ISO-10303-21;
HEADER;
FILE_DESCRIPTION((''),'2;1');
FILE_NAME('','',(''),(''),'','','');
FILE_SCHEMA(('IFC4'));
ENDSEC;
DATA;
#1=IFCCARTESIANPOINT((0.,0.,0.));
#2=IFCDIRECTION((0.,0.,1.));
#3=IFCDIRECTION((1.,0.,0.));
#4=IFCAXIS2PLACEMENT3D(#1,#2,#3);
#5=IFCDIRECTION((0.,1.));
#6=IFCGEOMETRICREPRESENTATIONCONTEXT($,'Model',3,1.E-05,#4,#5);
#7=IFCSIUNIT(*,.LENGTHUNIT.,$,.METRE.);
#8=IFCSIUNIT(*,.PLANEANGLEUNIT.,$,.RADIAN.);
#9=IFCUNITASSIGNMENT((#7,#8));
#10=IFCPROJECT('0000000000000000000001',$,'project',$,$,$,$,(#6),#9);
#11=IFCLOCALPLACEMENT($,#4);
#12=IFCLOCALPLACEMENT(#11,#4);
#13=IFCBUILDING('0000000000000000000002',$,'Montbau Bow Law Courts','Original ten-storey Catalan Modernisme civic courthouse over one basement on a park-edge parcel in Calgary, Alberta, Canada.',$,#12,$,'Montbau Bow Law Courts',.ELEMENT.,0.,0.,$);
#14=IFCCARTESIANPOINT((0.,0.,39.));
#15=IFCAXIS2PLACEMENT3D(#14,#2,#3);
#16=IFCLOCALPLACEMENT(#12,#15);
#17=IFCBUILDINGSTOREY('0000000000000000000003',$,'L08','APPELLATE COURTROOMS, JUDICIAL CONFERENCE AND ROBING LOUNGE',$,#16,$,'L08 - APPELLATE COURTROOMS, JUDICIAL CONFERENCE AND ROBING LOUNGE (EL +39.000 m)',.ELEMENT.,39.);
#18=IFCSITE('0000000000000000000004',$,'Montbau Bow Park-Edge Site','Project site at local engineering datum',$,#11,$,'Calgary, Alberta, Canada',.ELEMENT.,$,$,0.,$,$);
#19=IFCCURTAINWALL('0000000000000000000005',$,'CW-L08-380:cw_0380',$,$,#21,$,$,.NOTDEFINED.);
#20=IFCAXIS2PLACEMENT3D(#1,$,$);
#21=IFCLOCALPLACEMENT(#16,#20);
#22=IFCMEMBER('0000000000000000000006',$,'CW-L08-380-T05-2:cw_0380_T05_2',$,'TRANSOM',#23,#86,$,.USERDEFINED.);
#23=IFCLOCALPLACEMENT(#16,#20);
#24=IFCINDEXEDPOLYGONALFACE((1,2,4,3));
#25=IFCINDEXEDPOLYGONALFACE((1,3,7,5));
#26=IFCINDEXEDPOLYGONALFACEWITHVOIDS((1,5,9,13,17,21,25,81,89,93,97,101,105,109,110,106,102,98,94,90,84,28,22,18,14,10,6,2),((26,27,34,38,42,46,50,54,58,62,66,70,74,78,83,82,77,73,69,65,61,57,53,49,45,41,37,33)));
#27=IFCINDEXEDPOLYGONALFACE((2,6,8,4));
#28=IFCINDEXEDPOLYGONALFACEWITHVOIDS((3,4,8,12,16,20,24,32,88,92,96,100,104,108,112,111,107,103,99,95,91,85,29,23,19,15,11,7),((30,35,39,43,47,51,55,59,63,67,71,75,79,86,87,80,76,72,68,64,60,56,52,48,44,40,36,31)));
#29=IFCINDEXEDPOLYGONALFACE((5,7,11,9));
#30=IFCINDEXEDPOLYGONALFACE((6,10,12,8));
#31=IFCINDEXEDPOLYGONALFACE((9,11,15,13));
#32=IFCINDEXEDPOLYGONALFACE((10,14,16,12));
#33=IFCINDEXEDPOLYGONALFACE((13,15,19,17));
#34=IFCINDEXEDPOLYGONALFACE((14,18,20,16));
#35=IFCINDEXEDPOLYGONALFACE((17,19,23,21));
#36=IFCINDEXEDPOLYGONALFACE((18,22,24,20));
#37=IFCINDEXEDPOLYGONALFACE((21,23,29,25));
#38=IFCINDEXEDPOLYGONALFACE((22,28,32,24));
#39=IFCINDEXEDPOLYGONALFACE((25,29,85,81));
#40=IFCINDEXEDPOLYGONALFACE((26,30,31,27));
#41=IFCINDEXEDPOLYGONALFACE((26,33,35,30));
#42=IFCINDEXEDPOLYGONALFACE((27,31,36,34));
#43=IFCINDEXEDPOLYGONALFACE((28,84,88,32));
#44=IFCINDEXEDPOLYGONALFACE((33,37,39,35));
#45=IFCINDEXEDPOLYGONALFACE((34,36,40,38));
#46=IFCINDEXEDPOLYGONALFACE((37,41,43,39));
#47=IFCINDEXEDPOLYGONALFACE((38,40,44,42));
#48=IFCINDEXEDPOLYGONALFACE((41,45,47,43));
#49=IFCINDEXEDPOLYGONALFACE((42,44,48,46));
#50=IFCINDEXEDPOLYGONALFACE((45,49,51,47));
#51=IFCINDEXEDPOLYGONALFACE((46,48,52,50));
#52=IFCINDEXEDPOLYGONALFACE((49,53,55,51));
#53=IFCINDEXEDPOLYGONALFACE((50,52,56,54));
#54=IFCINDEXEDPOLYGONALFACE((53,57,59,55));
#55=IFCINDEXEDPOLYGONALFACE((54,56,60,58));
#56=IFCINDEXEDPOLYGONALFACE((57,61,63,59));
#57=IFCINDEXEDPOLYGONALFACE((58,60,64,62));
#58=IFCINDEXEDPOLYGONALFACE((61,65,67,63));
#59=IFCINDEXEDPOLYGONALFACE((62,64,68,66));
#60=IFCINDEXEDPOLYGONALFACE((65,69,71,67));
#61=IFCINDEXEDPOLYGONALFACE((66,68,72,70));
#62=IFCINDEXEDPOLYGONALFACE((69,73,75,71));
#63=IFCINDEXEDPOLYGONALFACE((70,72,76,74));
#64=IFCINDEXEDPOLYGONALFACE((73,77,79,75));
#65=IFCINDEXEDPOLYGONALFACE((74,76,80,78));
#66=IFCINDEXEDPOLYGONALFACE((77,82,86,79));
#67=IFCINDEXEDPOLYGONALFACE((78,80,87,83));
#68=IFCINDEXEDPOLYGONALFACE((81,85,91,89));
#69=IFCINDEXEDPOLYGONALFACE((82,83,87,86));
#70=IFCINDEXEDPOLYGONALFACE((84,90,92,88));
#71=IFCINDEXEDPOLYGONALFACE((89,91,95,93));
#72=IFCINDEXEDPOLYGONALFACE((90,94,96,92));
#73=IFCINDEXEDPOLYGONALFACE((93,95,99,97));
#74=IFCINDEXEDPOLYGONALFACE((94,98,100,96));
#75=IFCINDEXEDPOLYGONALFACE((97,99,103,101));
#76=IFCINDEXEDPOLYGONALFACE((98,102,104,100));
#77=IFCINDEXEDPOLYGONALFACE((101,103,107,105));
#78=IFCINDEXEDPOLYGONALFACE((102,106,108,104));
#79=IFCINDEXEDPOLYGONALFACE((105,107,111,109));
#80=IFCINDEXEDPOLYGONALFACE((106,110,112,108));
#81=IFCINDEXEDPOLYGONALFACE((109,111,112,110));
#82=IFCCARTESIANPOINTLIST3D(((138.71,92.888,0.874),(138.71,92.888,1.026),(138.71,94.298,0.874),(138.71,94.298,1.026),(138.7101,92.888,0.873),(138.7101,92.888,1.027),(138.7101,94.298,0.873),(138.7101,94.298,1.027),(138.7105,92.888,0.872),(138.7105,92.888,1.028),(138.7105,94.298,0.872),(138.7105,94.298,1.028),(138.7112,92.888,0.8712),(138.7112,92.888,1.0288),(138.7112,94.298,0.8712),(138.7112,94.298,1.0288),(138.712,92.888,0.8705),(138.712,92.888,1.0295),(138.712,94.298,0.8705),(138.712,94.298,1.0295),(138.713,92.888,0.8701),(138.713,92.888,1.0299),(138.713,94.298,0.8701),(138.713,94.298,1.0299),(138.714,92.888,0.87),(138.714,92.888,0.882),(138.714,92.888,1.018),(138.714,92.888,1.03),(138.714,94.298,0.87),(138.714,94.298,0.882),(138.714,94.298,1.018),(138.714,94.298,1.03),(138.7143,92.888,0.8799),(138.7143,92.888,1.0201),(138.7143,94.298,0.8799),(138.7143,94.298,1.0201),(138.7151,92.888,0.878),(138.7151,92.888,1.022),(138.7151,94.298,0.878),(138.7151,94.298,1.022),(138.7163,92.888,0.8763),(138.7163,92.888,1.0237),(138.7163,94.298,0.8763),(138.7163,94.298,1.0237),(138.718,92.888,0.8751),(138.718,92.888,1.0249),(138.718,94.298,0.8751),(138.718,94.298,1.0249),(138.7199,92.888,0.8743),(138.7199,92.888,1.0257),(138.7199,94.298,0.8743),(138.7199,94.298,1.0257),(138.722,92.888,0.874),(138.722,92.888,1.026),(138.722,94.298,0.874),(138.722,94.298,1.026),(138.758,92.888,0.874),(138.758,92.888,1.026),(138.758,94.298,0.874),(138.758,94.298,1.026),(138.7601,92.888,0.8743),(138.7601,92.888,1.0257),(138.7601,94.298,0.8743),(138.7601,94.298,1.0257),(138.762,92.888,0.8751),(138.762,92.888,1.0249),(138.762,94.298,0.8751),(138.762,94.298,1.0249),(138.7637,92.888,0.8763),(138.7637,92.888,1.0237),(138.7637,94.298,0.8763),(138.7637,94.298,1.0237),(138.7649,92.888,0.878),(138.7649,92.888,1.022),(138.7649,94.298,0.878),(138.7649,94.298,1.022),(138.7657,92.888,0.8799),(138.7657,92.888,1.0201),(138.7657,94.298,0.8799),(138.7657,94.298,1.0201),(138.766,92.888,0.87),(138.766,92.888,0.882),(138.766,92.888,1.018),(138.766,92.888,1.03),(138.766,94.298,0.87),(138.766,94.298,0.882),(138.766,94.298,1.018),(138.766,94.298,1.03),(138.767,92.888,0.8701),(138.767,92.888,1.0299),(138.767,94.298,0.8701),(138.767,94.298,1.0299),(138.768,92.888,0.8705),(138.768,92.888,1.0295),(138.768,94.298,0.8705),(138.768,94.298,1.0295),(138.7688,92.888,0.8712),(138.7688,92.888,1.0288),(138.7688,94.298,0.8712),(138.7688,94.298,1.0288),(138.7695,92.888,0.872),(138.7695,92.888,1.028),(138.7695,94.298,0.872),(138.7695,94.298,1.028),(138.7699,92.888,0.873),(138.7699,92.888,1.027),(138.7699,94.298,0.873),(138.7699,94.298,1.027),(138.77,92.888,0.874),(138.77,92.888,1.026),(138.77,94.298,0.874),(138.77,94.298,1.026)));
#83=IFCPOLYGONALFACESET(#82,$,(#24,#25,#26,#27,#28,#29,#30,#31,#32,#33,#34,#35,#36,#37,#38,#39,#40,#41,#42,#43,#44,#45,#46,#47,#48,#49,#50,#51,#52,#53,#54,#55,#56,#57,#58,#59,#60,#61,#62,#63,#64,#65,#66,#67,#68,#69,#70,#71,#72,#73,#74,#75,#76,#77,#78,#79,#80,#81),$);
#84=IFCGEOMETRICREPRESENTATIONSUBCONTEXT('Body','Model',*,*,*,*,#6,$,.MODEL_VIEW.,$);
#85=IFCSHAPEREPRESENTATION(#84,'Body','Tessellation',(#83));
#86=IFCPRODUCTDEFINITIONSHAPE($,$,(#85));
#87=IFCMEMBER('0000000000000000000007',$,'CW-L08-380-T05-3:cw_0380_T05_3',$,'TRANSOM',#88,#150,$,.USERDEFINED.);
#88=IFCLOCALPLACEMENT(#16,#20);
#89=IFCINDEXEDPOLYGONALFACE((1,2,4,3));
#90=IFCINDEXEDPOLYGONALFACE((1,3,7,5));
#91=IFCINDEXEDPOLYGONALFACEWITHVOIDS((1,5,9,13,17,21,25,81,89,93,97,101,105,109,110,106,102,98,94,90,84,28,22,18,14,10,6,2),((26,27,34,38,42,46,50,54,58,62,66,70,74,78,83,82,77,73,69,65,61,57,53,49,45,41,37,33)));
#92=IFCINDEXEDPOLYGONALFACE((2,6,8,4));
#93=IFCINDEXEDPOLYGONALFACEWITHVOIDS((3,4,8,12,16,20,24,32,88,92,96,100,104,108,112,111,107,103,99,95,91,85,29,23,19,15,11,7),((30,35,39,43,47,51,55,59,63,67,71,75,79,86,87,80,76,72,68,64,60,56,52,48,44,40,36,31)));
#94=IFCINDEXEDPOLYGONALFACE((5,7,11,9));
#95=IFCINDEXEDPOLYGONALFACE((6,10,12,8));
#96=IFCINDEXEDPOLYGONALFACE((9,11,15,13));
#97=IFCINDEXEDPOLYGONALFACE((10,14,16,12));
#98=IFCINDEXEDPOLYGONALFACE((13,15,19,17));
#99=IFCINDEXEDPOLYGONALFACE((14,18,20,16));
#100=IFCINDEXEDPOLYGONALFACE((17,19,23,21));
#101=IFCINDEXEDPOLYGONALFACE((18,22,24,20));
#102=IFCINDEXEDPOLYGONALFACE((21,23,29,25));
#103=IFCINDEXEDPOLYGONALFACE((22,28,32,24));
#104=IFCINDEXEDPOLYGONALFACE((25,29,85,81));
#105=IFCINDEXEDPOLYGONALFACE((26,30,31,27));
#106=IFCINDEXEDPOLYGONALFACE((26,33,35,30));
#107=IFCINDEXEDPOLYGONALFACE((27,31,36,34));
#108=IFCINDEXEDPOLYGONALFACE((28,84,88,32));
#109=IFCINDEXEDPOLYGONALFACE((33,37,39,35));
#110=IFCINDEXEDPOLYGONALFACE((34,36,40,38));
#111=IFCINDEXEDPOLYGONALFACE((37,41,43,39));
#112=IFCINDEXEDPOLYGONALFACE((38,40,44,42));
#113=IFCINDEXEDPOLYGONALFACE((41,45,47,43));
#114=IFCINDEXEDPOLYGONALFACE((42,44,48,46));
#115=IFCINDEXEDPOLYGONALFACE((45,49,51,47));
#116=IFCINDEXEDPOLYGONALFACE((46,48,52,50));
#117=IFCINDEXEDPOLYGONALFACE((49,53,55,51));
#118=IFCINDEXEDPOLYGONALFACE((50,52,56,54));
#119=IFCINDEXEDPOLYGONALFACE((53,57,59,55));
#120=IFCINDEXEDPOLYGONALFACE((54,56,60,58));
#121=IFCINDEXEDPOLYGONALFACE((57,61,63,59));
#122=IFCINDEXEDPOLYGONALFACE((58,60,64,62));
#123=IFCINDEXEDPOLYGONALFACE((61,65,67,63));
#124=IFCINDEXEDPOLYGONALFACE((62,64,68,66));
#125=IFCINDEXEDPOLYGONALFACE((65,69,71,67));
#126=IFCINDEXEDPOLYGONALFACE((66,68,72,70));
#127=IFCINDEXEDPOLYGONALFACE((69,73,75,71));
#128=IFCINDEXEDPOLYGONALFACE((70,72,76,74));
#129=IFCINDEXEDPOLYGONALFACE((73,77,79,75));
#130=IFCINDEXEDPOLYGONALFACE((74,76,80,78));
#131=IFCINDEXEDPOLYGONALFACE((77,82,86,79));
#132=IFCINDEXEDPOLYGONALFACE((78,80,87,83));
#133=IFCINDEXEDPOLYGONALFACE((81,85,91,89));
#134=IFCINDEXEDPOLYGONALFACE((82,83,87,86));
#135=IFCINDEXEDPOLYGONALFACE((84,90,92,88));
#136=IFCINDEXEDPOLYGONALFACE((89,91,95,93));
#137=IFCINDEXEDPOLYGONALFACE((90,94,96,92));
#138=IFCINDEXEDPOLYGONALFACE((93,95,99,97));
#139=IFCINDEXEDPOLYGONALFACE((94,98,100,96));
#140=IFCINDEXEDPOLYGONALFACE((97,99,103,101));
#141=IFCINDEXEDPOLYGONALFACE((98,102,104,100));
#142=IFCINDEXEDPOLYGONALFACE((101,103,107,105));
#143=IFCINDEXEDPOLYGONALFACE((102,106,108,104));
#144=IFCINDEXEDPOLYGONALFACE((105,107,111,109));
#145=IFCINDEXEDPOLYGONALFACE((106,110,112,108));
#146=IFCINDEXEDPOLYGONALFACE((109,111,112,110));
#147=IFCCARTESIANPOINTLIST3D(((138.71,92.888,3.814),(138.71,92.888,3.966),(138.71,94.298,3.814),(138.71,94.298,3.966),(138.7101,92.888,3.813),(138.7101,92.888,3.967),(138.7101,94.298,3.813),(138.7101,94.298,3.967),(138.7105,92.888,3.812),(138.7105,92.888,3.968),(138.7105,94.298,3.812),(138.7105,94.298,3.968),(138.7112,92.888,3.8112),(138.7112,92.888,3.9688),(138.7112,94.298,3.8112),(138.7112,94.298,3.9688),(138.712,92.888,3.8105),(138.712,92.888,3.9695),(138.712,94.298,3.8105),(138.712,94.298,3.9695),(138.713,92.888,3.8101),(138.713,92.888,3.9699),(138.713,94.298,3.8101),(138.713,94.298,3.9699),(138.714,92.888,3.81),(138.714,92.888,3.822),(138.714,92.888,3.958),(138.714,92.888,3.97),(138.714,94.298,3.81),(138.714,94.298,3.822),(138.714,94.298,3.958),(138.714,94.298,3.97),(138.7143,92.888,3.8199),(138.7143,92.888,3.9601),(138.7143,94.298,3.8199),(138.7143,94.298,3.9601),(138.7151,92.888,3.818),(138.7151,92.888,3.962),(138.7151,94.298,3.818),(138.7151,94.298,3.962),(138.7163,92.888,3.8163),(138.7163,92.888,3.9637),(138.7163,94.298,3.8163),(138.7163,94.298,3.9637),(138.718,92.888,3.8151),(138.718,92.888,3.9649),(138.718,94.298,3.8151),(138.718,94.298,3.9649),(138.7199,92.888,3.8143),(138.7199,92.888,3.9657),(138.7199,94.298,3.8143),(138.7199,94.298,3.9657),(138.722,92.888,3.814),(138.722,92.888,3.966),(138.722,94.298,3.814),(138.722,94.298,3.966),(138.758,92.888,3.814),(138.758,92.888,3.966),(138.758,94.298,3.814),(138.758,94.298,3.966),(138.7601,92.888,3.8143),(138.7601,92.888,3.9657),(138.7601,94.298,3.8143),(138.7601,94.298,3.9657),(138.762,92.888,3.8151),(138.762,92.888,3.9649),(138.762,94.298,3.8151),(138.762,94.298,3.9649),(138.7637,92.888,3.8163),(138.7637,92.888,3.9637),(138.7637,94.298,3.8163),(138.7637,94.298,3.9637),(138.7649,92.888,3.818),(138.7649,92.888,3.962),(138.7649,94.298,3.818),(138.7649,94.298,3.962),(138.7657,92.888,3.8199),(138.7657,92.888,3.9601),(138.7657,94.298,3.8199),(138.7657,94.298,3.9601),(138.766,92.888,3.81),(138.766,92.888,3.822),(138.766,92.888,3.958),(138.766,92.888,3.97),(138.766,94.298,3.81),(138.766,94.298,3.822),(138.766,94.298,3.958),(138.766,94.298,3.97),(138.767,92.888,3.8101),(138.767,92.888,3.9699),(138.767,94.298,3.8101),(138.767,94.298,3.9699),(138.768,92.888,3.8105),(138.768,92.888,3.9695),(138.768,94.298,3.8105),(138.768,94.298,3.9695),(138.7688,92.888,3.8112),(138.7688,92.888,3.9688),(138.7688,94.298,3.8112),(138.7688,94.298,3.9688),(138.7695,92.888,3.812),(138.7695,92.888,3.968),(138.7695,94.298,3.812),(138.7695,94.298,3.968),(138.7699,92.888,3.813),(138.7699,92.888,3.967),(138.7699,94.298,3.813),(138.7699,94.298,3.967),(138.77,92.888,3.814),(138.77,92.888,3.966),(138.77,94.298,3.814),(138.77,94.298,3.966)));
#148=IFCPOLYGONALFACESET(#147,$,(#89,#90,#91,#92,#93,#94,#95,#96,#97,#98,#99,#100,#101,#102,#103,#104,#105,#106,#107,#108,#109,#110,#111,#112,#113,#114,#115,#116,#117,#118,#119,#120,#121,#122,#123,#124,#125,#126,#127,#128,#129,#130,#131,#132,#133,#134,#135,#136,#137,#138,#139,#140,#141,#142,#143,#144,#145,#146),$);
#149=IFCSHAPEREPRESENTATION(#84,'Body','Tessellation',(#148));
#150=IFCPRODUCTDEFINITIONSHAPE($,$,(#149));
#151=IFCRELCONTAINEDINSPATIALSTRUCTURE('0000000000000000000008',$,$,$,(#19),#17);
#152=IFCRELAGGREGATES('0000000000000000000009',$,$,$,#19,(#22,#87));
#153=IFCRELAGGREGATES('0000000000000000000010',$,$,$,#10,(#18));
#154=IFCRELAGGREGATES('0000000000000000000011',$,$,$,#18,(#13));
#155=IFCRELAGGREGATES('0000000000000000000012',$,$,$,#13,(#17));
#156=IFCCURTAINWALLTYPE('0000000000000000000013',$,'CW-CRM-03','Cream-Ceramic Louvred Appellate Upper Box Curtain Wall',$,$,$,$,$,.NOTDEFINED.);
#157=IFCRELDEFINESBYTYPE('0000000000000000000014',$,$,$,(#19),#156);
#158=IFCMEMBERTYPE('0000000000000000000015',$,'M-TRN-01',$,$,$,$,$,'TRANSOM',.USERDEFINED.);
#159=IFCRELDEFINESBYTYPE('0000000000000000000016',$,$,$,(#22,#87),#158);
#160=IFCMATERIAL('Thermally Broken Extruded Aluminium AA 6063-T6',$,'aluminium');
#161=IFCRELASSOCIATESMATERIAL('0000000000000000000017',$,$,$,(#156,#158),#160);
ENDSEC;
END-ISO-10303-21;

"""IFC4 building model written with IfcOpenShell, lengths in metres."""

from ifc_helpers import new_model, si_unit, direction, frame, origin_with_axes, origin_2d_with_axis, place, context, subcontext, project, spatial, hollow_rectangle, extrude, material, material_profile, profile_set, type_object, element, aggregate, save


model = new_model("IFC4")

# Units and contexts
model_context = context("Model", 3, precision=1e-05, world=origin_with_axes(), true_north=direction((0.0, 1.0)))
body_context = subcontext(model_context, "Body", "Model", "MODEL_VIEW")
ifc_project = project(units=[si_unit("LENGTHUNIT", "METRE"), si_unit("PLANEANGLEUNIT", "RADIAN")], contexts=[model_context])

# Site, building, storey
site_placement = place(None, origin_with_axes())
site = spatial("IfcSite", under=ifc_project, at=site_placement, Name="Montbau Bow Park-Edge Site", Description="Project site at local engineering datum", LongName="Calgary, Alberta, Canada", CompositionType="ELEMENT", RefElevation=0.0)
building_placement = place(site_placement, origin_with_axes())
building = spatial("IfcBuilding", under=site, at=building_placement, Name="Montbau Bow Law Courts", Description="Original ten-storey Catalan Modernisme civic courthouse over one basement on a park-edge parcel in Calgary, Alberta, Canada.", LongName="Montbau Bow Law Courts", CompositionType="ELEMENT", ElevationOfRefHeight=0.0, ElevationOfTerrain=0.0)
storey_placement = place(building_placement, frame((0.0, 0.0, 39.0), z_axis=(0.0, 0.0, 1.0), x_axis=(1.0, 0.0, 0.0)))
storey = spatial("IfcBuildingStorey", under=building, at=storey_placement, Name="L08", Description="APPELLATE COURTROOMS, JUDICIAL CONFERENCE AND ROBING LOUNGE", LongName="L08 - APPELLATE COURTROOMS, JUDICIAL CONFERENCE AND ROBING LOUNGE (EL +39.000 m)", CompositionType="ELEMENT", Elevation=39.0)

# Curtain wall, members
ifc_material_1 = material(Name="Thermally Broken Extruded Aluminium AA 6063-T6", Category="aluminium")
curtain_wall_type = type_object("IfcCurtainWallType", Name="CW-CRM-03", Description="Cream-Ceramic Louvred Appellate Upper Box Curtain Wall", PredefinedType="NOTDEFINED", material=ifc_material_1)
curtain_wall_1_placement = place(None, frame((138.74, 86.84, 39.0), z_axis=(0.0, 0.0, 1.0), x_axis=(1.0, 0.0, 0.0)))
curtain_wall_1 = element("IfcCurtainWall", 1, at=curtain_wall_1_placement, inside=storey, type_object=curtain_wall_type, Name="CW-L08-380:cw_0380", PredefinedType="NOTDEFINED")
ifc_material_profile_1 = material_profile(ifc_material_1, hollow_rectangle(XDim=0.06, YDim=0.16, WallThickness=0.004, InnerFilletRadius=0.008, OuterFilletRadius=0.004, at=origin_2d_with_axis()), Name="CWT-160X60", Category="Main", Priority=0)
ifc_profile_set_1 = profile_set([ifc_material_profile_1], Name="Thermally Broken Extruded Aluminium AA 6063-T6")
member_type_1 = type_object("IfcMemberType", Name="M-TRN-01", ElementType="TRANSOM", PredefinedType="USERDEFINED", material=ifc_profile_set_1)
member_1_placement = place(None, frame((138.74, 92.888, 39.95), z_axis=(0.0, 1.0, 0.0), x_axis=(-1.0, 0.0, 0.0)))
member_1 = element("IfcMember", 2, at=member_1_placement, type_object=member_type_1, Name="CW-L08-380-T05-2:cw_0380_T05_2", ObjectType="TRANSOM", PredefinedType="USERDEFINED", context=body_context, shape_type="SweptSolid", body=[
    extrude(hollow_rectangle(XDim=0.06, YDim=0.16, WallThickness=0.004, InnerFilletRadius=0.008, OuterFilletRadius=0.004, at=origin_2d_with_axis()), origin_with_axes(), (0.0, 0.0, 1.0), 1.41),
])
member_2_placement = place(None, frame((138.74, 92.888, 42.89), z_axis=(0.0, 1.0, 0.0), x_axis=(-1.0, 0.0, 0.0)))
member_2 = element("IfcMember", 3, at=member_2_placement, type_object=member_type_1, Name="CW-L08-380-T05-3:cw_0380_T05_3", ObjectType="TRANSOM", PredefinedType="USERDEFINED", context=body_context, shape_type="SweptSolid", body=[
    extrude(hollow_rectangle(XDim=0.06, YDim=0.16, WallThickness=0.004, InnerFilletRadius=0.008, OuterFilletRadius=0.004, at=origin_2d_with_axis()), origin_with_axes(), (0.0, 0.0, 1.0), 1.41),
])

aggregate(curtain_wall_1, [member_1, member_2])

save(model, "model.ifc")
